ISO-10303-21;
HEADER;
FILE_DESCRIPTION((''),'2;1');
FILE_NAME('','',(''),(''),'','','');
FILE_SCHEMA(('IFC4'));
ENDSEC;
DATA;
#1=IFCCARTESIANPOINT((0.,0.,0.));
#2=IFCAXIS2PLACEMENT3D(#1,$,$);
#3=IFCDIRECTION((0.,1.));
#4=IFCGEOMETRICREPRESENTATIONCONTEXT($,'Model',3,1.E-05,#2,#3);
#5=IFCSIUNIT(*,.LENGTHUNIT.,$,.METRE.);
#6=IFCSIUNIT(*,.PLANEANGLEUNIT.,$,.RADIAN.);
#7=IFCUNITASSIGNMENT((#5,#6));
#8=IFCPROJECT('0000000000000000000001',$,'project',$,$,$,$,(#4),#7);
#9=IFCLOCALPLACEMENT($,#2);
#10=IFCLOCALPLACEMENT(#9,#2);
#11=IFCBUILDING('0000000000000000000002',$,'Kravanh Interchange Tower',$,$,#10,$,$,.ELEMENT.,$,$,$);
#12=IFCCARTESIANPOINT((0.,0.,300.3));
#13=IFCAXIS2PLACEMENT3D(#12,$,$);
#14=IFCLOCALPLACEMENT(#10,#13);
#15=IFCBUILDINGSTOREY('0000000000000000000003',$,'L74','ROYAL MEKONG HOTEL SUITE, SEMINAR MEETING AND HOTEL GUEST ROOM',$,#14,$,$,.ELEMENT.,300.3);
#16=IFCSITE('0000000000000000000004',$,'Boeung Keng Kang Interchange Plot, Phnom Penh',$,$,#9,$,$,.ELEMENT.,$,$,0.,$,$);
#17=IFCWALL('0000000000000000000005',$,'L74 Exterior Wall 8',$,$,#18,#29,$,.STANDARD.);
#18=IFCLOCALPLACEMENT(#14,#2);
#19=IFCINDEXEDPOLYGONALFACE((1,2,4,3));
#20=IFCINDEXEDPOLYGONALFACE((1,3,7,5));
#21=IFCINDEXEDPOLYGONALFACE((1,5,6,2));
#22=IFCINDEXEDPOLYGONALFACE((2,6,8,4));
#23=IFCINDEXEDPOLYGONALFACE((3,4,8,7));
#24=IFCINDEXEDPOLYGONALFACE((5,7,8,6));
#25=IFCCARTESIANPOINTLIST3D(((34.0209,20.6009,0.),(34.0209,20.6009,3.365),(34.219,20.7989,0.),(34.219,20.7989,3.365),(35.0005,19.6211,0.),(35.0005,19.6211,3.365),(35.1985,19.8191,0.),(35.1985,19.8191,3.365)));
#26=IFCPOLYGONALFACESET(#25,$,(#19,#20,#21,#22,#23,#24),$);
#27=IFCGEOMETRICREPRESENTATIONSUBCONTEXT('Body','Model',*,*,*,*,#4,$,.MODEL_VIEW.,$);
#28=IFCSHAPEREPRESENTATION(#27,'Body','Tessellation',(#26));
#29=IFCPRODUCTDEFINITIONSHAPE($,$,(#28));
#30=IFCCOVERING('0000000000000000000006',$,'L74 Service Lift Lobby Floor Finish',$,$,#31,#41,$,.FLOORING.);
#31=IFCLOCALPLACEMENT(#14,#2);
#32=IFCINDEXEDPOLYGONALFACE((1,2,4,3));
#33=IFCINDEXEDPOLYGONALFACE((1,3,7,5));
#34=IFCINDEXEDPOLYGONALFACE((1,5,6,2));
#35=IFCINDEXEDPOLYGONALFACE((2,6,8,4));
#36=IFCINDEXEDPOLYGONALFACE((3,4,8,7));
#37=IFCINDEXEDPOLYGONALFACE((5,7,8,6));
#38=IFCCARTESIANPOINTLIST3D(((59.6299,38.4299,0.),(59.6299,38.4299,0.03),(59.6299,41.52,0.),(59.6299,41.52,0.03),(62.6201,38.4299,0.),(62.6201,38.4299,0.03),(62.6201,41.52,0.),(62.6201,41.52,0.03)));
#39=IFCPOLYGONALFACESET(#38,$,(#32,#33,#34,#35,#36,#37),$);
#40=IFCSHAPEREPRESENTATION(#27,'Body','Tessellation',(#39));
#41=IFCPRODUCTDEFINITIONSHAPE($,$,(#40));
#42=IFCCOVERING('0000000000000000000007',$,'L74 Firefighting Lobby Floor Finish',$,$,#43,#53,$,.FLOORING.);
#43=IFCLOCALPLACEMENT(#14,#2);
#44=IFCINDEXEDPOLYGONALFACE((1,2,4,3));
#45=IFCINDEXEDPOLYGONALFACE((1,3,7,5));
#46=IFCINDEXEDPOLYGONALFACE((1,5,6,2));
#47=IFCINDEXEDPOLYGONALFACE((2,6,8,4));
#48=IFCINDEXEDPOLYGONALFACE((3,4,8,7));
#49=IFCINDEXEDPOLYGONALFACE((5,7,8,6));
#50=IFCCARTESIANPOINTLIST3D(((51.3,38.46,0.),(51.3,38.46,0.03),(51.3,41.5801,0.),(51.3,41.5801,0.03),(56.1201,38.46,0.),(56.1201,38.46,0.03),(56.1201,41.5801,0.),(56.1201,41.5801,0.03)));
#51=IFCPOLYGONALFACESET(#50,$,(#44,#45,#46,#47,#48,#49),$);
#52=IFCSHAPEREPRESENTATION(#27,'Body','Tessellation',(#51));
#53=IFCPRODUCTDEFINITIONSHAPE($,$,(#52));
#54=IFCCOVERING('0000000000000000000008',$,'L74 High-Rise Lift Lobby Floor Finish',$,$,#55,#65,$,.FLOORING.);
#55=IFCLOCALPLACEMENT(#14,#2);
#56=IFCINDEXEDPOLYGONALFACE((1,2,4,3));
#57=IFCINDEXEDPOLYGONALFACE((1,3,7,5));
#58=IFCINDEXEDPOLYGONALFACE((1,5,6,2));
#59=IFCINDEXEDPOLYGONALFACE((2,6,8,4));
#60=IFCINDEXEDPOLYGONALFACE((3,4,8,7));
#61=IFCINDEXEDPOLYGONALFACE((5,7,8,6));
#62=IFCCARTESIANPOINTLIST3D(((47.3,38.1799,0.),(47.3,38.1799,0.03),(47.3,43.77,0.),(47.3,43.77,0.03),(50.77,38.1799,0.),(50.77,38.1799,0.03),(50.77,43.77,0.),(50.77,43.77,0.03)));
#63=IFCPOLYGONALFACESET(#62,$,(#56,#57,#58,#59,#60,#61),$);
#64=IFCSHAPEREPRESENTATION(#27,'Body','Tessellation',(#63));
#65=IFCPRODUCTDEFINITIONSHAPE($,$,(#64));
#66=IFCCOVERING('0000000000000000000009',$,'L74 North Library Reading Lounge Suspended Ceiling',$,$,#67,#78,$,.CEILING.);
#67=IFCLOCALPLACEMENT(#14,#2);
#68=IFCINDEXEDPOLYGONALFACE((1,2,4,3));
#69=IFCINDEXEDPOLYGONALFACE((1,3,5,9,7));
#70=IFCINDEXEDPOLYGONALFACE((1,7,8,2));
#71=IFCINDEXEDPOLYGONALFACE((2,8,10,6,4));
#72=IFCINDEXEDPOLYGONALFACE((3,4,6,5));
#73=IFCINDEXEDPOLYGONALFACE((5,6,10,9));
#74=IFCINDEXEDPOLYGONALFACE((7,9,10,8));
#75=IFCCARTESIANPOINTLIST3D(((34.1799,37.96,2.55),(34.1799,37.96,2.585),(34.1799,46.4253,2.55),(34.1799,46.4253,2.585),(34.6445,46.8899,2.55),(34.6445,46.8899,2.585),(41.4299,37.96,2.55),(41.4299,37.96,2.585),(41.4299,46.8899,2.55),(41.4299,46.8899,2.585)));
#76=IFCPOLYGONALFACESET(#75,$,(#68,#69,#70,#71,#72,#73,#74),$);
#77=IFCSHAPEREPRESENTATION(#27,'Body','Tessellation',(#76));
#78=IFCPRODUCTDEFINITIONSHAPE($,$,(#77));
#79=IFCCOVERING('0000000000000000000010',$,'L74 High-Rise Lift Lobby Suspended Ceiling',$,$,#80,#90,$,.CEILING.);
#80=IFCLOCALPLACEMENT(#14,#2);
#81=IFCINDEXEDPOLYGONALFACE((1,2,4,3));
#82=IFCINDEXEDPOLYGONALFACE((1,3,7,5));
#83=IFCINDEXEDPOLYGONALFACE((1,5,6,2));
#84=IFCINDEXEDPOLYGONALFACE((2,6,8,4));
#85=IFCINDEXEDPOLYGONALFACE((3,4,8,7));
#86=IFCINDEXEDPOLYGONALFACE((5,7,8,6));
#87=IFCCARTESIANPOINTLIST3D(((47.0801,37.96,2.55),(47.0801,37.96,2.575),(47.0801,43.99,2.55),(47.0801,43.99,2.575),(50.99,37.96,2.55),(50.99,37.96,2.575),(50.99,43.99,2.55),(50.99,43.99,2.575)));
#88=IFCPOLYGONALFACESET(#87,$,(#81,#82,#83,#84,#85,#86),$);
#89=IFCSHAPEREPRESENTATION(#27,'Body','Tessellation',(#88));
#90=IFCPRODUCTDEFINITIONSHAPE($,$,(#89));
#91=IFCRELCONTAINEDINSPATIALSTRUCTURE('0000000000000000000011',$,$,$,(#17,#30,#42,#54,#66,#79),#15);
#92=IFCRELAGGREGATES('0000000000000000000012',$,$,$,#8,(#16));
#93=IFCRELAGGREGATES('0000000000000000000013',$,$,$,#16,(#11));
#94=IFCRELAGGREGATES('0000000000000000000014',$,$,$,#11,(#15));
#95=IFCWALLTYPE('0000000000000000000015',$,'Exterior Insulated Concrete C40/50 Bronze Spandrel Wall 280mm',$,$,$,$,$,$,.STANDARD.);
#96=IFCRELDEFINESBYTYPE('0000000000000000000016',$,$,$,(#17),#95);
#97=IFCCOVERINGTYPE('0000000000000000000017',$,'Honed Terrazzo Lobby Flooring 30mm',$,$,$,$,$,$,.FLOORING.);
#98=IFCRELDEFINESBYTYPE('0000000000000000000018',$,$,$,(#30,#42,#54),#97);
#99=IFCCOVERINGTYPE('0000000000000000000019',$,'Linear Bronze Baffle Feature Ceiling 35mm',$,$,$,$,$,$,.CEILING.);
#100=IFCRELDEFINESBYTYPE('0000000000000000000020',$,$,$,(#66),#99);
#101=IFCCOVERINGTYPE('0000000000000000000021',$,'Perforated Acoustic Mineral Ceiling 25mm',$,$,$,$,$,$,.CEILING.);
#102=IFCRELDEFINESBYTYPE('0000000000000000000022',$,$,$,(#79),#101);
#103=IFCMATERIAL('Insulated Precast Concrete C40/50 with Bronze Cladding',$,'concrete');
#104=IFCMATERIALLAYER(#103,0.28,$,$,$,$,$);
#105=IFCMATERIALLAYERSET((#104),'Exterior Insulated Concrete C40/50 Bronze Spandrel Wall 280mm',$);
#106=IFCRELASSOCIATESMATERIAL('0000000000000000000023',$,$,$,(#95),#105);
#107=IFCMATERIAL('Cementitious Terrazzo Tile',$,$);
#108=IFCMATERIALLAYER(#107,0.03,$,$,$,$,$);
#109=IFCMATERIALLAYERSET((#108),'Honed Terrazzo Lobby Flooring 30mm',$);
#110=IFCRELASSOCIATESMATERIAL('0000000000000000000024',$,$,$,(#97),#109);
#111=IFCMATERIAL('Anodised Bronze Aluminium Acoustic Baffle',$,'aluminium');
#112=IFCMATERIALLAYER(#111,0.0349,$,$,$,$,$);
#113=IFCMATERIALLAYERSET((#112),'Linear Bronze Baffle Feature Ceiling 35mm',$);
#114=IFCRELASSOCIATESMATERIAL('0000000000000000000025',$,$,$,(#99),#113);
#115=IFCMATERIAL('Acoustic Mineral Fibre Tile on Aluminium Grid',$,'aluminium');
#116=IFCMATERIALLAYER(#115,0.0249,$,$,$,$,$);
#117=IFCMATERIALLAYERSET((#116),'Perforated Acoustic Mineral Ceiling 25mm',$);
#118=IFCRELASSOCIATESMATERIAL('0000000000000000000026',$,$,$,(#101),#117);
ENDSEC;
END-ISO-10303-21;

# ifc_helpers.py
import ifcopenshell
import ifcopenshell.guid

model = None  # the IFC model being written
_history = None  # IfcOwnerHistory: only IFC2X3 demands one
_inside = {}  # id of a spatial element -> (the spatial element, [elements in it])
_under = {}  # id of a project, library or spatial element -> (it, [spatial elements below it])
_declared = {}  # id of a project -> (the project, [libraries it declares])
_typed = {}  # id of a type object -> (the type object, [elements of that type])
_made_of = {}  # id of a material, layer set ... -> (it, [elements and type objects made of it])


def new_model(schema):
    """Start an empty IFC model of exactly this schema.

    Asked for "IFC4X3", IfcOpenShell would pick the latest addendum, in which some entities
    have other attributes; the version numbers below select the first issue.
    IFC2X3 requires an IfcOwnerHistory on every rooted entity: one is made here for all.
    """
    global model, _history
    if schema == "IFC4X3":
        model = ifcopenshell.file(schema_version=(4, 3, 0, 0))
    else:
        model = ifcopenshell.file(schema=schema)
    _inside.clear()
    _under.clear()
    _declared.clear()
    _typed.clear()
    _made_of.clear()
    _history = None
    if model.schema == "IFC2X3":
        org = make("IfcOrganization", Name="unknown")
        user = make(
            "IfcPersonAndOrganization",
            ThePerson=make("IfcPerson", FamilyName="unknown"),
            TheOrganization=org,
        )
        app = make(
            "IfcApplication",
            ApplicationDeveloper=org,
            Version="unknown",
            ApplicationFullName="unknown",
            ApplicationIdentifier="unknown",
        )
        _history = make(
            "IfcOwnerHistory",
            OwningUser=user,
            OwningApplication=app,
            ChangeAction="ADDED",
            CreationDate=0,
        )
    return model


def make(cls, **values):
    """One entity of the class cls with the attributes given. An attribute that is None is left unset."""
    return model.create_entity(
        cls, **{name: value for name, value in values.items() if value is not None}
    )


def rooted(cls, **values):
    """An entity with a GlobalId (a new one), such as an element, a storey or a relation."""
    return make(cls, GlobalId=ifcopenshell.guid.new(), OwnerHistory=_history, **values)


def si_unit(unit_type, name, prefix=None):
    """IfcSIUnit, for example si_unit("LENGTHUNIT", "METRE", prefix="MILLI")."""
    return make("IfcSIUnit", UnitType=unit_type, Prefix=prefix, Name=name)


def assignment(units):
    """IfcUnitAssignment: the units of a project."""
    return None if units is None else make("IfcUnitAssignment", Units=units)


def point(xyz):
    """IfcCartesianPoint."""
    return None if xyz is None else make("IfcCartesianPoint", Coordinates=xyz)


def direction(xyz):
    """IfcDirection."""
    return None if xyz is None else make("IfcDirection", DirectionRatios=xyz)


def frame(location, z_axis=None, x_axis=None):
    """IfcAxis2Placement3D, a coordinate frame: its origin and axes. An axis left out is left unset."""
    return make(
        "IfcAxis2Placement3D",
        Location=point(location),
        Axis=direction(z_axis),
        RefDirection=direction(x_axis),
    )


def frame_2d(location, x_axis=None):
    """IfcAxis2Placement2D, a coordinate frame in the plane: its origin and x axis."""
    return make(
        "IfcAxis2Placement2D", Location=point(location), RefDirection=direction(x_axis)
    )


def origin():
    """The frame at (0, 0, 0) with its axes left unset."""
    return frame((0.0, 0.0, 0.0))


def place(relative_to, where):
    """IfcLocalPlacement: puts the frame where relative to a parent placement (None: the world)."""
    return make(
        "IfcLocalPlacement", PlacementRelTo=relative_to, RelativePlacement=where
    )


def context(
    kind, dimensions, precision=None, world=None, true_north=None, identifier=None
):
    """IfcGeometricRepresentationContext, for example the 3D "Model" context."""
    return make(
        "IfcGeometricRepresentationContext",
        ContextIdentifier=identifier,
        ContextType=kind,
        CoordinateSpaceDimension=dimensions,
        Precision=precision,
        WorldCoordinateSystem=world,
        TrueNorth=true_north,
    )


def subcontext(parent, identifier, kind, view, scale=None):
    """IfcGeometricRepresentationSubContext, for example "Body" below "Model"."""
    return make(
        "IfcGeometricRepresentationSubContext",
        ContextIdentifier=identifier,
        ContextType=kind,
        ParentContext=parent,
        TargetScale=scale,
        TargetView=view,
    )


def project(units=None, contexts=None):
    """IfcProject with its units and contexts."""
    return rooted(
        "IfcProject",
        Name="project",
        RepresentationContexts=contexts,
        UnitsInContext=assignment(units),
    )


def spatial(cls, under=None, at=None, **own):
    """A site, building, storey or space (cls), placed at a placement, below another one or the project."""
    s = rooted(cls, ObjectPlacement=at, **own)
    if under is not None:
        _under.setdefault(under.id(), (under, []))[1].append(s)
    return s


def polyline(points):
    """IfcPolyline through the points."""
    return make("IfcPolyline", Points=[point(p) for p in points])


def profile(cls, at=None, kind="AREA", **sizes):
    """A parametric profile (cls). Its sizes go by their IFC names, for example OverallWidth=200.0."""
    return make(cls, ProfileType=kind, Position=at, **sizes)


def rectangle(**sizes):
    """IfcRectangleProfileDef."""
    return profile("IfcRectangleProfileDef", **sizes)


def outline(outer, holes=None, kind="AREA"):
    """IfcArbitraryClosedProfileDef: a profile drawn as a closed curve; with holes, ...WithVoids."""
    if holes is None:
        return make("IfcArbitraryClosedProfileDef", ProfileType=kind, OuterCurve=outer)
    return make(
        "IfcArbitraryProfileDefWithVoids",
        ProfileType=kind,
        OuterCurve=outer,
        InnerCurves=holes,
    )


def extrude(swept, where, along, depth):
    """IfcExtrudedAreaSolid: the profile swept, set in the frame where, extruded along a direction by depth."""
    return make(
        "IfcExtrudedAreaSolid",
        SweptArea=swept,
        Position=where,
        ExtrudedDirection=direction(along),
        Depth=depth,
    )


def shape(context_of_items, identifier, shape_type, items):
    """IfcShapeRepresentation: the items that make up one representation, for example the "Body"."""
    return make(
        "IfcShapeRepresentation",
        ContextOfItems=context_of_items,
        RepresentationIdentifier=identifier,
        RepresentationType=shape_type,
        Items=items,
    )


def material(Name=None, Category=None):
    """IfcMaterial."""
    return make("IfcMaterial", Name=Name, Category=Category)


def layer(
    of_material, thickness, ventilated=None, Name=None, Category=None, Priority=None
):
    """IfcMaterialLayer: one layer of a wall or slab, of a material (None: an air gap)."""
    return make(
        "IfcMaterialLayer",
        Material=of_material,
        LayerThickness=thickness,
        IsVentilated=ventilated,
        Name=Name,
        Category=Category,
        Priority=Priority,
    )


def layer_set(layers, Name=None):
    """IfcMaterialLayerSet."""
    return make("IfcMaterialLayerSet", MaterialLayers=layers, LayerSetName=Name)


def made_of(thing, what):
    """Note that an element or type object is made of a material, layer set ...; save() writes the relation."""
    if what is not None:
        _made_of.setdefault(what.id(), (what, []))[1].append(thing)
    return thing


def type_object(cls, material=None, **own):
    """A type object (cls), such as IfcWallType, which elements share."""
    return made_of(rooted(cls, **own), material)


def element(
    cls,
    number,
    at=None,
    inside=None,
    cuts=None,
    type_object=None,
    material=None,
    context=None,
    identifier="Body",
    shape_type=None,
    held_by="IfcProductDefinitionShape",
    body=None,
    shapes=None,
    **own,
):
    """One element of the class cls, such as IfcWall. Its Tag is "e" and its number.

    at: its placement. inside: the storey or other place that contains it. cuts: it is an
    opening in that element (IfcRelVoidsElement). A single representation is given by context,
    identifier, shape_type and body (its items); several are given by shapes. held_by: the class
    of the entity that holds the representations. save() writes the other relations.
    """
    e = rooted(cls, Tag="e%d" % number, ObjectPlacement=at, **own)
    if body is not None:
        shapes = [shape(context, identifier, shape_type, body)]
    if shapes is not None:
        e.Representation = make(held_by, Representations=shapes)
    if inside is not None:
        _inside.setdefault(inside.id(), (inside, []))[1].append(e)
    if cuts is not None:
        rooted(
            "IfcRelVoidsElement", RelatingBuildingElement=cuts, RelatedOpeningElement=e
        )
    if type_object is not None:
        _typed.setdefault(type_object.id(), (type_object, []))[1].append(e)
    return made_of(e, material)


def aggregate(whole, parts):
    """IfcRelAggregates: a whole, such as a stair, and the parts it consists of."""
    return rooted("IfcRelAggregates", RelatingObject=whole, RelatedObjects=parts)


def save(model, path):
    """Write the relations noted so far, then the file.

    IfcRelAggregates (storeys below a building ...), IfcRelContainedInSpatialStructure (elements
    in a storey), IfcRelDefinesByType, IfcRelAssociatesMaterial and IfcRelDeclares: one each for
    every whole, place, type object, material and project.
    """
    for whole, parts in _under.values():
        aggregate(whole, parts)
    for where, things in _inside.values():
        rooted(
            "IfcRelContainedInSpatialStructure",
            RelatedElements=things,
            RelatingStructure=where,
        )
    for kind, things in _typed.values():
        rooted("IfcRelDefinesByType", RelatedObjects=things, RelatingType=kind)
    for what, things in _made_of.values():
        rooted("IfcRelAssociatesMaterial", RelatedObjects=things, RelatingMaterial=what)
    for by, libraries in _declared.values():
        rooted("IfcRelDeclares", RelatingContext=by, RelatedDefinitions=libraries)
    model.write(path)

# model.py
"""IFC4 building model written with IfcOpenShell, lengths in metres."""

from ifc_helpers import new_model, si_unit, direction, frame, frame_2d, origin, place, context, subcontext, project, spatial, polyline, rectangle, outline, extrude, material, layer, layer_set, type_object, element, save


model = new_model("IFC4")

# Units and contexts
model_context = context("Model", 3, precision=1e-05, world=origin(), true_north=direction((0.0, 1.0)))
body_context = subcontext(model_context, "Body", "Model", "MODEL_VIEW")
ifc_project = project(units=[si_unit("LENGTHUNIT", "METRE"), si_unit("PLANEANGLEUNIT", "RADIAN")], contexts=[model_context])

# Site, building, storey
site_placement = place(None, origin())
site = spatial("IfcSite", under=ifc_project, at=site_placement, Name="Boeung Keng Kang Interchange Plot, Phnom Penh", CompositionType="ELEMENT", RefElevation=0.0)
building_placement = place(site_placement, origin())
building = spatial("IfcBuilding", under=site, at=building_placement, Name="Kravanh Interchange Tower", CompositionType="ELEMENT")
storey_placement = place(building_placement, frame((0.0, 0.0, 300.3)))
storey = spatial("IfcBuildingStorey", under=building, at=storey_placement, Name="L74", Description="ROYAL MEKONG HOTEL SUITE, SEMINAR MEETING AND HOTEL GUEST ROOM", CompositionType="ELEMENT", Elevation=300.3)

# Wall
ifc_material_1 = material(Name="Insulated Precast Concrete C40/50 with Bronze Cladding", Category="concrete")
ifc_layer_1 = layer(ifc_material_1, 0.28)
ifc_layer_set_1 = layer_set([ifc_layer_1], Name="Exterior Insulated Concrete C40/50 Bronze Spandrel Wall 280mm")
wall_type = type_object("IfcWallType", Name="Exterior Insulated Concrete C40/50 Bronze Spandrel Wall 280mm", PredefinedType="STANDARD", material=ifc_layer_set_1)
wall_1_placement = place(storey_placement, frame((35.0996, 19.72, 0.0), z_axis=(0.0, 0.0, 1.0), x_axis=(-0.707019, 0.707195, 0.0)))
element("IfcWall", 1, at=wall_1_placement, inside=storey, type_object=wall_type, Name="L74 Exterior Wall 8", PredefinedType="STANDARD", context=body_context, shape_type="SweptSolid", body=[
    extrude(rectangle(XDim=1.3855, YDim=0.28, at=frame_2d((0.6929, 0.0))), origin(), (0.0, 0.0, 1.0), 3.365),
])

# Coverings
ifc_material_2 = material(Name="Cementitious Terrazzo Tile")
ifc_layer_2 = layer(ifc_material_2, 0.03)
ifc_layer_set_2 = layer_set([ifc_layer_2], Name="Honed Terrazzo Lobby Flooring 30mm")
covering_type_1 = type_object("IfcCoveringType", Name="Honed Terrazzo Lobby Flooring 30mm", PredefinedType="FLOORING", material=ifc_layer_set_2)
covering_1_placement = place(storey_placement, origin())
element("IfcCovering", 2, at=covering_1_placement, inside=storey, type_object=covering_type_1, Name="L74 Service Lift Lobby Floor Finish", PredefinedType="FLOORING", context=body_context, shape_type="SweptSolid", body=[
    extrude(outline(polyline([(59.6299, 41.52), (62.6201, 41.52), (62.6201, 38.4299), (59.6299, 38.4299), (59.6299, 41.52)])), origin(), (0.0, 0.0, 1.0), 0.03),
])
covering_2_placement = place(storey_placement, origin())
element("IfcCovering", 3, at=covering_2_placement, inside=storey, type_object=covering_type_1, Name="L74 Firefighting Lobby Floor Finish", PredefinedType="FLOORING", context=body_context, shape_type="SweptSolid", body=[
    extrude(outline(polyline([(56.1201, 38.46), (51.3, 38.46), (51.3, 41.5801), (56.1201, 41.5801), (56.1201, 38.46)])), origin(), (0.0, 0.0, 1.0), 0.03),
])
covering_3_placement = place(storey_placement, origin())
element("IfcCovering", 4, at=covering_3_placement, inside=storey, type_object=covering_type_1, Name="L74 High-Rise Lift Lobby Floor Finish", PredefinedType="FLOORING", context=body_context, shape_type="SweptSolid", body=[
    extrude(outline(polyline([(47.3, 43.77), (50.77, 43.77), (50.77, 38.1799), (47.3, 38.1799), (47.3, 43.77)])), origin(), (0.0, 0.0, 1.0), 0.03),
])
ifc_material_3 = material(Name="Anodised Bronze Aluminium Acoustic Baffle", Category="aluminium")
ifc_layer_3 = layer(ifc_material_3, 0.0349)
ifc_layer_set_3 = layer_set([ifc_layer_3], Name="Linear Bronze Baffle Feature Ceiling 35mm")
covering_type_2 = type_object("IfcCoveringType", Name="Linear Bronze Baffle Feature Ceiling 35mm", PredefinedType="CEILING", material=ifc_layer_set_3)
covering_4_placement = place(storey_placement, frame((0.0, 0.0, 2.55)))
element("IfcCovering", 5, at=covering_4_placement, inside=storey, type_object=covering_type_2, Name="L74 North Library Reading Lounge Suspended Ceiling", PredefinedType="CEILING", context=body_context, shape_type="SweptSolid", body=[
    extrude(outline(polyline([(41.4299, 37.96), (34.1799, 37.96), (34.1799, 46.4253), (34.6445, 46.8899), (41.4299, 46.8899), (41.4299, 37.96)])), origin(), (0.0, 0.0, 1.0), 0.0349),
])
ifc_material_4 = material(Name="Acoustic Mineral Fibre Tile on Aluminium Grid", Category="aluminium")
ifc_layer_4 = layer(ifc_material_4, 0.0249)
ifc_layer_set_4 = layer_set([ifc_layer_4], Name="Perforated Acoustic Mineral Ceiling 25mm")
covering_type_3 = type_object("IfcCoveringType", Name="Perforated Acoustic Mineral Ceiling 25mm", PredefinedType="CEILING", material=ifc_layer_set_4)
covering_5_placement = place(storey_placement, frame((0.0, 0.0, 2.55)))
element("IfcCovering", 6, at=covering_5_placement, inside=storey, type_object=covering_type_3, Name="L74 High-Rise Lift Lobby Suspended Ceiling", PredefinedType="CEILING", context=body_context, shape_type="SweptSolid", body=[
    extrude(outline(polyline([(50.99, 37.96), (47.0801, 37.96), (47.0801, 43.99), (50.99, 43.99), (50.99, 37.96)])), origin(), (0.0, 0.0, 1.0), 0.0249),
])

save(model, "model.ifc")
